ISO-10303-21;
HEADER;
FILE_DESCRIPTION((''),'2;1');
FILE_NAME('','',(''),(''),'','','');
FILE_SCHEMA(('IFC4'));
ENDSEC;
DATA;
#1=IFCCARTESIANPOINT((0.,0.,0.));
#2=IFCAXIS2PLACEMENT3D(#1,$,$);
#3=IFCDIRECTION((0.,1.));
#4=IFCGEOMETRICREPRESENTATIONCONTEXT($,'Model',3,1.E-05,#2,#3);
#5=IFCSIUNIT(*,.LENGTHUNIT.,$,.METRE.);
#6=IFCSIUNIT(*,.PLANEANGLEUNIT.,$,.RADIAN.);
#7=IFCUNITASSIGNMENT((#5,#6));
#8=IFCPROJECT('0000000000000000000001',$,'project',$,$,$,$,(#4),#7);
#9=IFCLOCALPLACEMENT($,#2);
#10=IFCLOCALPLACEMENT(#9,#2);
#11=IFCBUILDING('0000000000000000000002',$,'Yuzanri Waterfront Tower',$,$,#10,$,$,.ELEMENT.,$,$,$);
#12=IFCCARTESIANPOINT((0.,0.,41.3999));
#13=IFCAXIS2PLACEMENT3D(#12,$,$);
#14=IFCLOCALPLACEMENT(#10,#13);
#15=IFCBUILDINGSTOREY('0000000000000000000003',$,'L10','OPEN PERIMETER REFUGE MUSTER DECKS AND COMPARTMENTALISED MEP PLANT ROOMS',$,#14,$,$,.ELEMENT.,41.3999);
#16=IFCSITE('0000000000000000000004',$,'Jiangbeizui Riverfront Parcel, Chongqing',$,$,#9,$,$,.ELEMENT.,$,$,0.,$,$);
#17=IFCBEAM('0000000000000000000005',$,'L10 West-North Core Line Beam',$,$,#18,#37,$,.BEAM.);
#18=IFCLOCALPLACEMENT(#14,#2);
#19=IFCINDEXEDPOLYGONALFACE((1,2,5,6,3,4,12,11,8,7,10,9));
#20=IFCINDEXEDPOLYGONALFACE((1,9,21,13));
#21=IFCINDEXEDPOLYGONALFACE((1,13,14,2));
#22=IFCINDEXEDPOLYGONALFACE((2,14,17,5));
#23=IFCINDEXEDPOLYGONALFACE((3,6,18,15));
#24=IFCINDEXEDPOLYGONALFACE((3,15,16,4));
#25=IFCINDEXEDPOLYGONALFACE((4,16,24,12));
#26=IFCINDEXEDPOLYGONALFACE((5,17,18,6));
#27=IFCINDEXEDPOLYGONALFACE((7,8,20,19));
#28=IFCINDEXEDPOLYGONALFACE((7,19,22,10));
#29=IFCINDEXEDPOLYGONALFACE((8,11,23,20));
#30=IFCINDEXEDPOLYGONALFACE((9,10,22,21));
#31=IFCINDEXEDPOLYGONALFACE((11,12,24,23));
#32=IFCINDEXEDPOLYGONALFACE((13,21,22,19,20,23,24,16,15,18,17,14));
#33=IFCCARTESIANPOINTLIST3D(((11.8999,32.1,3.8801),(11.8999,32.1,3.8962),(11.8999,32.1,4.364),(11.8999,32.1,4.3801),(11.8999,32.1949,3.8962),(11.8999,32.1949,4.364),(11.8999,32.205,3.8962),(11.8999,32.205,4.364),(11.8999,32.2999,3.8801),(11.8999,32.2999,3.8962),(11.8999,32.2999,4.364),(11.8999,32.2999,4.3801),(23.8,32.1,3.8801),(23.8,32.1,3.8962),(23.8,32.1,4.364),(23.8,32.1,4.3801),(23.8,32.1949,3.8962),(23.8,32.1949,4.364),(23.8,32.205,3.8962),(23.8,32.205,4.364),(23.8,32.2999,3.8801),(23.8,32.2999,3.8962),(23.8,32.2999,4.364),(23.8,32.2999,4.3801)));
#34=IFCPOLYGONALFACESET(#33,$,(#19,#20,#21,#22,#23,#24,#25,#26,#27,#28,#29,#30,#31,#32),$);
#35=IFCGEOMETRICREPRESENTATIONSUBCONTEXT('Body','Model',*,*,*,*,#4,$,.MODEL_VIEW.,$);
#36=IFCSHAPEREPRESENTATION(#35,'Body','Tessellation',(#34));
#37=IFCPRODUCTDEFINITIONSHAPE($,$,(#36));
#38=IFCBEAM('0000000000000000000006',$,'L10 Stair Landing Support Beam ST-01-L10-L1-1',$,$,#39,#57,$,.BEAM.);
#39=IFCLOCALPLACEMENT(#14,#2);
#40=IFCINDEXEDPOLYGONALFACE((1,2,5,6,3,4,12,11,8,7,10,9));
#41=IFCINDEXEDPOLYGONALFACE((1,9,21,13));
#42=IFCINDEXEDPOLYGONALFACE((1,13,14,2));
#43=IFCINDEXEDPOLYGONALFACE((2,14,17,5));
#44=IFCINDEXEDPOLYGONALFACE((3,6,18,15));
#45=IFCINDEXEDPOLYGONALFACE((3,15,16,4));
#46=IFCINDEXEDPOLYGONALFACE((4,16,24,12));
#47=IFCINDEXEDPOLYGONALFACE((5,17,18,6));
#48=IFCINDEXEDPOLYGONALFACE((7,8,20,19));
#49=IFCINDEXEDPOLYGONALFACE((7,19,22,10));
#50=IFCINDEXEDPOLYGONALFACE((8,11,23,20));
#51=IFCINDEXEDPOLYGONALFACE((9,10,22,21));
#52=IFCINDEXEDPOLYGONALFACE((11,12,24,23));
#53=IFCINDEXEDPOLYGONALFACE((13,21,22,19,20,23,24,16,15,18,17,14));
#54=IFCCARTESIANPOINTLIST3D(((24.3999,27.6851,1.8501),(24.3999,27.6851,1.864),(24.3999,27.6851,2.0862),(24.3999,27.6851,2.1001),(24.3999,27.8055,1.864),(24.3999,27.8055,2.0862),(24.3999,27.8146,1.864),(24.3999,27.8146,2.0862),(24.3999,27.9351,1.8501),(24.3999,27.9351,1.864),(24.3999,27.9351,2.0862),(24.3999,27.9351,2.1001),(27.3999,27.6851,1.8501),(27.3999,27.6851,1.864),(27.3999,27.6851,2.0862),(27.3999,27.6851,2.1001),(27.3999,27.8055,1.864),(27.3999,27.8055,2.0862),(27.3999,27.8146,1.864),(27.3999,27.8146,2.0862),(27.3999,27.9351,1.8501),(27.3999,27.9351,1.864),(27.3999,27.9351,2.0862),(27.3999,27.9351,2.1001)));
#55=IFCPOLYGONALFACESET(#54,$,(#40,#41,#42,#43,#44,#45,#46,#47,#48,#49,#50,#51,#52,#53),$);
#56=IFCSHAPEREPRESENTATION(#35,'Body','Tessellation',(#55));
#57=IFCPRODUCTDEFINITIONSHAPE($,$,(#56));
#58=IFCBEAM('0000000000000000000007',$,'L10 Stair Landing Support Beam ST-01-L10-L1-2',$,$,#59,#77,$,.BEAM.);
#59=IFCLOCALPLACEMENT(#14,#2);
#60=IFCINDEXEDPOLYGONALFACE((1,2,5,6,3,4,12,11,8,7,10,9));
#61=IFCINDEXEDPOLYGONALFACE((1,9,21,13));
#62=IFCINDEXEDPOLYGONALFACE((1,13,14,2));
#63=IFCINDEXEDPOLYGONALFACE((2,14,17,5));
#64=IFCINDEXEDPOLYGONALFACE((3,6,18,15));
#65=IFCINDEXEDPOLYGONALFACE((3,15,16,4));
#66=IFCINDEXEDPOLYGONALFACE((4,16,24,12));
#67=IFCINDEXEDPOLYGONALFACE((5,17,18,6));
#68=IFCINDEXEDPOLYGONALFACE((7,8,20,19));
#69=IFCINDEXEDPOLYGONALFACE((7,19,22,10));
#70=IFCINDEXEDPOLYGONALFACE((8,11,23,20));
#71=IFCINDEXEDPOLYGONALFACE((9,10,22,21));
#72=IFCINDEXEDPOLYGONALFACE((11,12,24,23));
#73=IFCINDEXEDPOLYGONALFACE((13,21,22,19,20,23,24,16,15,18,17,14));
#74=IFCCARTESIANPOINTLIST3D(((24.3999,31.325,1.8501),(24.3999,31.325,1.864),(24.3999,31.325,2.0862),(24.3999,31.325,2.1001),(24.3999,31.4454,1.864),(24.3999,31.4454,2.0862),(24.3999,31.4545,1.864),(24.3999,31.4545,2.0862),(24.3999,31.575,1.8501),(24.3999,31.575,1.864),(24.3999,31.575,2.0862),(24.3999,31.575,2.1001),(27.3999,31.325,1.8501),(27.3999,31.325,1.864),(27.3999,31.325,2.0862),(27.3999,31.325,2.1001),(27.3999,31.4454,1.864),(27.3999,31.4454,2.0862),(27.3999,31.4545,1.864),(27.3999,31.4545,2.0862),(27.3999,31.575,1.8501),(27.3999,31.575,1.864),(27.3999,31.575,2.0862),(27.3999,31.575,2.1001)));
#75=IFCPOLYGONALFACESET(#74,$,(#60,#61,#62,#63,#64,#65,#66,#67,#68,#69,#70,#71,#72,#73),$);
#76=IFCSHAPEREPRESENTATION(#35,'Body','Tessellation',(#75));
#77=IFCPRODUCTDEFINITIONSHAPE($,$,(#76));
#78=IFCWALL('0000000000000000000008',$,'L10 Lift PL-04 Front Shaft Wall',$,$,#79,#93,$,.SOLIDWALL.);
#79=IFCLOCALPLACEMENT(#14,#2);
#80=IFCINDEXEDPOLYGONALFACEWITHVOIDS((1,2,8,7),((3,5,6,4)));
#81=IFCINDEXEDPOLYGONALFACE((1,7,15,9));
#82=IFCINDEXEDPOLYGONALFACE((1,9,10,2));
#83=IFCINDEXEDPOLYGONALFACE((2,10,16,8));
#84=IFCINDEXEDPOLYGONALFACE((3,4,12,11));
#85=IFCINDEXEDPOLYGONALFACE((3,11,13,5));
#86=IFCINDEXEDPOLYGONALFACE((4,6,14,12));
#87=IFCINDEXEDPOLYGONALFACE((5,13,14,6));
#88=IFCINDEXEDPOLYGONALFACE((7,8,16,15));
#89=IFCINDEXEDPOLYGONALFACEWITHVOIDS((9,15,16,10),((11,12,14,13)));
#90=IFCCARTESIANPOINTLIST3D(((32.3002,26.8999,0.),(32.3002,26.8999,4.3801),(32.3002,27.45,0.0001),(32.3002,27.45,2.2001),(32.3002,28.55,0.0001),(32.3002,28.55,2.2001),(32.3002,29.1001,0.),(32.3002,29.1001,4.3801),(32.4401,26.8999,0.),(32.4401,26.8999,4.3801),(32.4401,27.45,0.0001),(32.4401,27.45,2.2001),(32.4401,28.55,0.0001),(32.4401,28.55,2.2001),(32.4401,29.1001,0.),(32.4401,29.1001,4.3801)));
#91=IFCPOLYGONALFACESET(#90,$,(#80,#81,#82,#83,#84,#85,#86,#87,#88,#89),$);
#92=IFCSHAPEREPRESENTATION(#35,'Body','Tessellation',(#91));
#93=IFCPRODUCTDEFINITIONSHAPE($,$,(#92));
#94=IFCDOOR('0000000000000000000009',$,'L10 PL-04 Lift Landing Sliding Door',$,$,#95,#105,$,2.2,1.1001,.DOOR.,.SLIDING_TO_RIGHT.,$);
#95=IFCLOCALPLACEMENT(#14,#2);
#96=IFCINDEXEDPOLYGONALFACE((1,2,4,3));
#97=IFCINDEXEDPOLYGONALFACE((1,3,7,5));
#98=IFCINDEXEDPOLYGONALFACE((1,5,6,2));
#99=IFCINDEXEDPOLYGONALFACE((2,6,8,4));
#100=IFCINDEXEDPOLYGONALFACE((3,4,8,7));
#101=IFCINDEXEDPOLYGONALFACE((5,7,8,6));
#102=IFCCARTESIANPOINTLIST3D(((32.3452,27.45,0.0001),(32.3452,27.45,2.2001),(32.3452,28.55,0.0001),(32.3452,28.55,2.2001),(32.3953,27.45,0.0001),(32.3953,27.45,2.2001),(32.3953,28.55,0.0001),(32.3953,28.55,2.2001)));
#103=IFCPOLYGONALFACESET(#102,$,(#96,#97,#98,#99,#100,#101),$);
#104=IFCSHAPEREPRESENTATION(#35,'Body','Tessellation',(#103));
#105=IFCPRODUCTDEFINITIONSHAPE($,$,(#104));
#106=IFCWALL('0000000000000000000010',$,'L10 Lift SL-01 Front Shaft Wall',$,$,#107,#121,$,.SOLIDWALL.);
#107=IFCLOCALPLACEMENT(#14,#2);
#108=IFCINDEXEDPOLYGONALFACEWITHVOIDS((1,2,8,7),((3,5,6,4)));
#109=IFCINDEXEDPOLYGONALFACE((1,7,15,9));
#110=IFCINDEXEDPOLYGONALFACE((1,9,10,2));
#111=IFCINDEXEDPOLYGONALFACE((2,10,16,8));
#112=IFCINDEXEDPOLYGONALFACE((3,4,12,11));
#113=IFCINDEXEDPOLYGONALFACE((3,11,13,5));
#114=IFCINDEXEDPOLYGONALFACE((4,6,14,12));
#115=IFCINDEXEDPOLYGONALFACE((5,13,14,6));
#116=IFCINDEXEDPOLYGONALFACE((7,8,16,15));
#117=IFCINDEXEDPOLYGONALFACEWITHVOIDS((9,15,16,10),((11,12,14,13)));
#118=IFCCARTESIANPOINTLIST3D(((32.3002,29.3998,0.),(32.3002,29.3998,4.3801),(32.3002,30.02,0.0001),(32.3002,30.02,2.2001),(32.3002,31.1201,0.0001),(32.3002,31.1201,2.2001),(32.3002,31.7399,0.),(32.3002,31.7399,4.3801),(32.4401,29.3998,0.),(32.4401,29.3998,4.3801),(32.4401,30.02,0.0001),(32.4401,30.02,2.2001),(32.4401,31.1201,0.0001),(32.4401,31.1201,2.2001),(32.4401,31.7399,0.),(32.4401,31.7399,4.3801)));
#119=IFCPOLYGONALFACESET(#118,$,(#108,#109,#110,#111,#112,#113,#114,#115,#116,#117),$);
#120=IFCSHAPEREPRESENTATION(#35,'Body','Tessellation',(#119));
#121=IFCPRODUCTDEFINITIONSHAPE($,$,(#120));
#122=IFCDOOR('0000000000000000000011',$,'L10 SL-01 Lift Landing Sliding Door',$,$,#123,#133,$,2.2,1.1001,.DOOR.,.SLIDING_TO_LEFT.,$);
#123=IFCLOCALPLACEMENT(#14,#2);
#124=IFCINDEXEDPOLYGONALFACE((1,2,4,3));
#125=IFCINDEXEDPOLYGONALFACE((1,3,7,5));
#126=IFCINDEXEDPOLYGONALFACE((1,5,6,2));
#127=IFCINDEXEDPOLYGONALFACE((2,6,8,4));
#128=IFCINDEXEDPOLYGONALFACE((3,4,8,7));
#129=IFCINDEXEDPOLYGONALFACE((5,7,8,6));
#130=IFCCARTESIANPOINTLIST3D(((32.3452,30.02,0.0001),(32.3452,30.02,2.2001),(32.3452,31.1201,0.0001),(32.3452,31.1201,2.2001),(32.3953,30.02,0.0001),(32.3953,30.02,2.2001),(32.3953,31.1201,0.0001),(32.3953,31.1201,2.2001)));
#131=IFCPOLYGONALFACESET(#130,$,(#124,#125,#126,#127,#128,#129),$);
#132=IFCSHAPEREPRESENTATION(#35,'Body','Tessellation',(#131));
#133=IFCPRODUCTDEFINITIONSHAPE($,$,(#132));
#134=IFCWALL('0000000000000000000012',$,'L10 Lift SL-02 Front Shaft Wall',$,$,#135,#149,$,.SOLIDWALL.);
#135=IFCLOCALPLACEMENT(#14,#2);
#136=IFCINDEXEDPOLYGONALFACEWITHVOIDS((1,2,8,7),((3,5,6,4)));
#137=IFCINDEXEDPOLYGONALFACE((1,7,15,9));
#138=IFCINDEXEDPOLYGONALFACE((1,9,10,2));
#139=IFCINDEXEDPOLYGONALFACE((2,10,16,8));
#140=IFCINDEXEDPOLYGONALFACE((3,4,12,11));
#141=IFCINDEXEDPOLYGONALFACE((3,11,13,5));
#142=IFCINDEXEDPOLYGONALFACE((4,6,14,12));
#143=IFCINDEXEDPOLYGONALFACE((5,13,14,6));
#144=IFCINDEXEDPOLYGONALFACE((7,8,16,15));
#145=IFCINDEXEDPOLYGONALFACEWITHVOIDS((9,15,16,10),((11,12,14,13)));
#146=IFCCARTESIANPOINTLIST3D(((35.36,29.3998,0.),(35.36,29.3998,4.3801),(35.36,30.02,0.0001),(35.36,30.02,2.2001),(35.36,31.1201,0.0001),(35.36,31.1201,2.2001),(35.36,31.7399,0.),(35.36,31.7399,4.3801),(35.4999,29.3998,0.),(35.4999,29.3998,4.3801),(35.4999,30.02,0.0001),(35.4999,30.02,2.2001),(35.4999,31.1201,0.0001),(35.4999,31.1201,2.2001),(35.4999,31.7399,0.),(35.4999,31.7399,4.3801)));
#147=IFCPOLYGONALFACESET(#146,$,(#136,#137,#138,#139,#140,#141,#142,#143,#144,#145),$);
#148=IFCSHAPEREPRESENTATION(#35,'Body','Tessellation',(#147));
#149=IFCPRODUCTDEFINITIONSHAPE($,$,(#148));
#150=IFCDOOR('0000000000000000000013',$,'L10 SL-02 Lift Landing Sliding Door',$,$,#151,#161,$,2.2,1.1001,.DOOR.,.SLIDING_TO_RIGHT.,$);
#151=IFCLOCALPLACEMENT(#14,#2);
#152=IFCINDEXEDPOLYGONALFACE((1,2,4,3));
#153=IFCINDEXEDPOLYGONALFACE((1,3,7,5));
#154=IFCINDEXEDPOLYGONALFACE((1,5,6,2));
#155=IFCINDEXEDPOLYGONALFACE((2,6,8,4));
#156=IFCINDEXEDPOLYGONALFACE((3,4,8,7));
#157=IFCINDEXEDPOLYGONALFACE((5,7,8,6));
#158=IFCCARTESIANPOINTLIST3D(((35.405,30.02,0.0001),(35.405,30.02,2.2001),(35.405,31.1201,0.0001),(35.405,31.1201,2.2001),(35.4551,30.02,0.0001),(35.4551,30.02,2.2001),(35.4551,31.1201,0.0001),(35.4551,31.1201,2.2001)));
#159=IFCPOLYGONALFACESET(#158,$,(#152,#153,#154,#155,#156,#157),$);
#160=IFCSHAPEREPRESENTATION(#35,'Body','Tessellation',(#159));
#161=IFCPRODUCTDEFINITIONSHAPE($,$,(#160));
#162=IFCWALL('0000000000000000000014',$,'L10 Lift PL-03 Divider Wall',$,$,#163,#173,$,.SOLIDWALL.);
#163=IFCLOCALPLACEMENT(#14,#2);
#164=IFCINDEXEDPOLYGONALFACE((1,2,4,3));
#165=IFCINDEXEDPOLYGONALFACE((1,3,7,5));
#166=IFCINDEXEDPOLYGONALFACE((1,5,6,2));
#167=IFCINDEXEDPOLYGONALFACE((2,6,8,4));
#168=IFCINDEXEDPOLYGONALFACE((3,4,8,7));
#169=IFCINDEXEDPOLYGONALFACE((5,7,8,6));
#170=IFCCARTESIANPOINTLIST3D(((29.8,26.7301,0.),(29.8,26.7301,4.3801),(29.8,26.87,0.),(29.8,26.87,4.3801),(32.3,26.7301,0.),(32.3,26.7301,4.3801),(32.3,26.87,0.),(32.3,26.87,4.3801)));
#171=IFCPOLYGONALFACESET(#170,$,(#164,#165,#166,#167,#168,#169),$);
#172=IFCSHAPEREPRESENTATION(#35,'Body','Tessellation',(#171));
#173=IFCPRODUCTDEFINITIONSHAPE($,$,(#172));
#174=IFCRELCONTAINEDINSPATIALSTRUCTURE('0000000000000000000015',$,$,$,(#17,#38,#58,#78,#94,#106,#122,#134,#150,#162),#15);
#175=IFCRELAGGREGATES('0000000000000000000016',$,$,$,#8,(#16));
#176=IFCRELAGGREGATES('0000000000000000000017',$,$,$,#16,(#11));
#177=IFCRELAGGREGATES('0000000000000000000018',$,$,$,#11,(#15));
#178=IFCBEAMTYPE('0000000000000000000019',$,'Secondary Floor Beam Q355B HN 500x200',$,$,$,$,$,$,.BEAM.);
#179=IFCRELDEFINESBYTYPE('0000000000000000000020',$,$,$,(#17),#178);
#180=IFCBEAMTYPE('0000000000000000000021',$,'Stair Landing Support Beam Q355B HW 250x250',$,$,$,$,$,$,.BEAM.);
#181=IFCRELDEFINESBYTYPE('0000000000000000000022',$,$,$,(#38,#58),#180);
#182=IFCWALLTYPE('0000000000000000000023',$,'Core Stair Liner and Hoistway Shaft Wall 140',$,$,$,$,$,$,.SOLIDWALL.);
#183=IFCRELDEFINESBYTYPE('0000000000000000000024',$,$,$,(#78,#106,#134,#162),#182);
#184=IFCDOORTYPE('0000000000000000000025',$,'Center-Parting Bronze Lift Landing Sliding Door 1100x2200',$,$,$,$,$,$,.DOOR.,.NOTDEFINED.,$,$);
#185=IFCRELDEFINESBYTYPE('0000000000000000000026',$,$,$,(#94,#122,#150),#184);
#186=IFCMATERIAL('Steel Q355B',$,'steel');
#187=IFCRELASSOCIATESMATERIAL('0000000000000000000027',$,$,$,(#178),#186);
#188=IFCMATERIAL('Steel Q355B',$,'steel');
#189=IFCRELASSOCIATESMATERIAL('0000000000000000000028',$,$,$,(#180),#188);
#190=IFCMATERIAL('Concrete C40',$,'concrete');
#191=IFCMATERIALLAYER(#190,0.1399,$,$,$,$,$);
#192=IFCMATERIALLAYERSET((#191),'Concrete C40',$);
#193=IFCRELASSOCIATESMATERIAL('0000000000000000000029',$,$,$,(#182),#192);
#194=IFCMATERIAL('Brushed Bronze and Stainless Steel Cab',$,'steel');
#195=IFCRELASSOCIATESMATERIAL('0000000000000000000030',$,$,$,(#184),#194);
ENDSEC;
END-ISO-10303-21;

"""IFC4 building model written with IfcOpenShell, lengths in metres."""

from ifc_helpers import new_model, si_unit, direction, frame, frame_2d, origin, origin_2d, place, context, subcontext, project, spatial, rectangle, i_section, extrude, source, transform, mapped, material, layer, layer_set, material_profile, profile_set, type_object, element, fill, save


model = new_model("IFC4")

# Units and contexts
model_context = context("Model", 3, precision=1e-05, world=origin(), true_north=direction((0.0, 1.0)))
body_context = subcontext(model_context, "Body", "Model", "MODEL_VIEW")
ifc_project = project(units=[si_unit("LENGTHUNIT", "METRE"), si_unit("PLANEANGLEUNIT", "RADIAN")], contexts=[model_context])

# Site, building, storey
site_placement = place(None, origin())
site = spatial("IfcSite", under=ifc_project, at=site_placement, Name="Jiangbeizui Riverfront Parcel, Chongqing", CompositionType="ELEMENT", RefElevation=0.0)
building_placement = place(site_placement, origin())
building = spatial("IfcBuilding", under=site, at=building_placement, Name="Yuzanri Waterfront Tower", CompositionType="ELEMENT")
storey_placement = place(building_placement, frame((0.0, 0.0, 41.3999)))
storey = spatial("IfcBuildingStorey", under=building, at=storey_placement, Name="L10", Description="OPEN PERIMETER REFUGE MUSTER DECKS AND COMPARTMENTALISED MEP PLANT ROOMS", CompositionType="ELEMENT", Elevation=41.3999)

# Beams
ifc_material_1 = material(Name="Steel Q355B", Category="steel")
ifc_material_profile_1 = material_profile(ifc_material_1, i_section(OverallWidth=0.2, OverallDepth=0.5, WebThickness=0.01, FlangeThickness=0.0161, at=origin_2d()), Name="HN 500x200x10x16")
ifc_profile_set_1 = profile_set([ifc_material_profile_1], Name="Steel Q355B")
beam_type_1 = type_object("IfcBeamType", Name="Secondary Floor Beam Q355B HN 500x200", PredefinedType="BEAM", material=ifc_profile_set_1)
shared_shape_1 = source(origin(), body_context, "Body", "SweptSolid", [
    extrude(i_section(OverallWidth=0.2, OverallDepth=0.5, WebThickness=0.01, FlangeThickness=0.0161, at=origin_2d()), origin(), (0.0, 0.0, 1.0), 11.9001),
])
beam_placement = place(storey_placement, frame((23.8, 32.2, 4.1301), z_axis=(-1.0, 0.0, 0.0), x_axis=(0.0, -1.0, 0.0)))
element("IfcBeam", 1, at=beam_placement, inside=storey, type_object=beam_type_1, Name="L10 West-North Core Line Beam", PredefinedType="BEAM", context=body_context, shape_type="MappedRepresentation", body=[
    mapped(shared_shape_1, transform((0.0, 0.0, 0.0), scale=1.0)),
])
ifc_material_2 = material(Name="Steel Q355B", Category="steel")
ifc_material_profile_2 = material_profile(ifc_material_2, i_section(OverallWidth=0.25, OverallDepth=0.25, WebThickness=0.009, FlangeThickness=0.0139, at=origin_2d()), Name="HW 250x250x9x14")
ifc_profile_set_2 = profile_set([ifc_material_profile_2], Name="Steel Q355B")
beam_type_2 = type_object("IfcBeamType", Name="Stair Landing Support Beam Q355B HW 250x250", PredefinedType="BEAM", material=ifc_profile_set_2)
shared_shape_2 = source(origin(), body_context, "Body", "SweptSolid", [
    extrude(i_section(OverallWidth=0.25, OverallDepth=0.25, WebThickness=0.009, FlangeThickness=0.0139, at=origin_2d()), origin(), (0.0, 0.0, 1.0), 3.0),
])
for number, where, z_axis, x_axis, name in (
    (2, (24.3999, 27.8101, 1.9751), (1.0, 0.0, 0.0), (0.0, 1.0, 0.0), "L10 Stair Landing Support Beam ST-01-L10-L1-1"),
    (3, (24.3999, 31.45, 1.9751), (1.0, 0.0, 0.0), (0.0, 1.0, 0.0), "L10 Stair Landing Support Beam ST-01-L10-L1-2"),
):
    element("IfcBeam", number, at=place(storey_placement, frame(where, z_axis=z_axis, x_axis=x_axis)), inside=storey, type_object=beam_type_2, Name=name, PredefinedType="BEAM", context=body_context, shape_type="MappedRepresentation", body=[
        mapped(shared_shape_2, transform((0.0, 0.0, 0.0), scale=1.0)),
    ])

# Walls, openings, doors
ifc_material_3 = material(Name="Concrete C40", Category="concrete")
ifc_layer_1 = layer(ifc_material_3, 0.1399)
ifc_layer_set_1 = layer_set([ifc_layer_1], Name="Concrete C40")
wall_type_1 = type_object("IfcWallType", Name="Core Stair Liner and Hoistway Shaft Wall 140", PredefinedType="SOLIDWALL", material=ifc_layer_set_1)
wall_1_placement = place(storey_placement, frame((32.3701, 26.8999, 0.0), z_axis=(0.0, 0.0, 1.0), x_axis=(0.0, 1.0, 0.0)))
wall_1 = element("IfcWall", 4, at=wall_1_placement, inside=storey, type_object=wall_type_1, Name="L10 Lift PL-04 Front Shaft Wall", PredefinedType="SOLIDWALL", context=body_context, shape_type="SweptSolid", body=[
    extrude(rectangle(XDim=2.2002, YDim=0.1399, at=frame_2d((1.1001, 0.0))), origin(), (0.0, 0.0, 1.0), 4.3801),
])
opening_1_placement = place(wall_1_placement, frame((0.55, 0.0, 0.0)))
opening_1 = element("IfcOpeningElement", 5, at=opening_1_placement, cuts=wall_1, PredefinedType="OPENING", context=body_context, shape_type="SweptSolid", body=[
    extrude(rectangle(XDim=1.1001, YDim=2.2, at=frame_2d((0.55, 1.1001))), frame((0.0, 0.085, 0.0), z_axis=(0.0, -1.0, 0.0), x_axis=(1.0, 0.0, 0.0)), (0.0, 0.0, 1.0), 0.1697),
])
ifc_material_4 = material(Name="Brushed Bronze and Stainless Steel Cab", Category="steel")
door_type_1 = type_object("IfcDoorType", Name="Center-Parting Bronze Lift Landing Sliding Door 1100x2200", OperationType="NOTDEFINED", PredefinedType="DOOR", material=ifc_material_4)
shared_shape_3 = source(origin(), body_context, "Body", "SweptSolid", [
    extrude(rectangle(XDim=1.1001, YDim=2.2, at=frame_2d((0.55, 1.1001))), frame((0.0, 0.0249, 0.0), z_axis=(0.0, -1.0, 0.0), x_axis=(1.0, 0.0, 0.0)), (0.0, 0.0, 1.0), 0.05),
])
door_1_placement = place(opening_1_placement, origin())
door_1 = element("IfcDoor", 6, at=door_1_placement, inside=storey, type_object=door_type_1, Name="L10 PL-04 Lift Landing Sliding Door", OperationType="SLIDING_TO_RIGHT", OverallHeight=2.2, OverallWidth=1.1001, PredefinedType="DOOR", context=body_context, shape_type="MappedRepresentation", body=[
    mapped(shared_shape_3, transform((0.0, 0.0, 0.0), scale=1.0)),
])
fill(opening_1, door_1)
wall_2_placement = place(storey_placement, frame((32.3701, 29.3999, 0.0), z_axis=(0.0, 0.0, 1.0), x_axis=(0.0, 1.0, 0.0)))
wall_2 = element("IfcWall", 7, at=wall_2_placement, inside=storey, type_object=wall_type_1, Name="L10 Lift SL-01 Front Shaft Wall", PredefinedType="SOLIDWALL", context=body_context, shape_type="SweptSolid", body=[
    extrude(rectangle(XDim=2.3401, YDim=0.1399, at=frame_2d((1.1699, 0.0))), origin(), (0.0, 0.0, 1.0), 4.3801),
])
opening_2_placement = place(wall_2_placement, frame((0.6201, 0.0, 0.0)))
opening_2 = element("IfcOpeningElement", 8, at=opening_2_placement, cuts=wall_2, PredefinedType="OPENING", context=body_context, shape_type="SweptSolid", body=[
    extrude(rectangle(XDim=1.1001, YDim=2.2, at=frame_2d((0.55, 1.1001))), frame((0.0, 0.085, 0.0), z_axis=(0.0, -1.0, 0.0), x_axis=(1.0, 0.0, 0.0)), (0.0, 0.0, 1.0), 0.1697),
])
door_2_placement = place(opening_2_placement, origin())
door_2 = element("IfcDoor", 9, at=door_2_placement, inside=storey, type_object=door_type_1, Name="L10 SL-01 Lift Landing Sliding Door", OperationType="SLIDING_TO_LEFT", OverallHeight=2.2, OverallWidth=1.1001, PredefinedType="DOOR", context=body_context, shape_type="MappedRepresentation", body=[
    mapped(shared_shape_3, transform((0.0, 0.0, 0.0), scale=1.0)),
])
fill(opening_2, door_2)
wall_3_placement = place(storey_placement, frame((35.4299, 29.3999, 0.0), z_axis=(0.0, 0.0, 1.0), x_axis=(0.0, 1.0, 0.0)))
wall_3 = element("IfcWall", 10, at=wall_3_placement, inside=storey, type_object=wall_type_1, Name="L10 Lift SL-02 Front Shaft Wall", PredefinedType="SOLIDWALL", context=body_context, shape_type="SweptSolid", body=[
    extrude(rectangle(XDim=2.3401, YDim=0.1399, at=frame_2d((1.1699, 0.0))), origin(), (0.0, 0.0, 1.0), 4.3801),
])
opening_3_placement = place(wall_3_placement, frame((0.6201, 0.0, 0.0)))
opening_3 = element("IfcOpeningElement", 11, at=opening_3_placement, cuts=wall_3, PredefinedType="OPENING", context=body_context, shape_type="SweptSolid", body=[
    extrude(rectangle(XDim=1.1001, YDim=2.2, at=frame_2d((0.55, 1.1001))), frame((0.0, 0.085, 0.0), z_axis=(0.0, -1.0, 0.0), x_axis=(1.0, 0.0, 0.0)), (0.0, 0.0, 1.0), 0.1697),
])
door_3_placement = place(opening_3_placement, origin())
door_3 = element("IfcDoor", 12, at=door_3_placement, inside=storey, type_object=door_type_1, Name="L10 SL-02 Lift Landing Sliding Door", OperationType="SLIDING_TO_RIGHT", OverallHeight=2.2, OverallWidth=1.1001, PredefinedType="DOOR", context=body_context, shape_type="MappedRepresentation", body=[
    mapped(shared_shape_3, transform((0.0, 0.0, 0.0), scale=1.0)),
])
fill(opening_3, door_3)

# Wall
shared_shape_4 = source(origin(), body_context, "Body", "SweptSolid", [
    extrude(rectangle(XDim=2.5, YDim=0.1399, at=frame_2d((1.25, 0.0))), origin(), (0.0, 0.0, 1.0), 4.3801),
])
wall_4_placement = place(storey_placement, frame((29.8, 26.8, 0.0), z_axis=(0.0, 0.0, 1.0), x_axis=(1.0, 0.0, 0.0)))
element("IfcWall", 13, at=wall_4_placement, inside=storey, type_object=wall_type_1, Name="L10 Lift PL-03 Divider Wall", PredefinedType="SOLIDWALL", context=body_context, shape_type="MappedRepresentation", body=[
    mapped(shared_shape_4, transform((0.0, 0.0, 0.0), scale=1.0)),
])

save(model, "model.ifc")
